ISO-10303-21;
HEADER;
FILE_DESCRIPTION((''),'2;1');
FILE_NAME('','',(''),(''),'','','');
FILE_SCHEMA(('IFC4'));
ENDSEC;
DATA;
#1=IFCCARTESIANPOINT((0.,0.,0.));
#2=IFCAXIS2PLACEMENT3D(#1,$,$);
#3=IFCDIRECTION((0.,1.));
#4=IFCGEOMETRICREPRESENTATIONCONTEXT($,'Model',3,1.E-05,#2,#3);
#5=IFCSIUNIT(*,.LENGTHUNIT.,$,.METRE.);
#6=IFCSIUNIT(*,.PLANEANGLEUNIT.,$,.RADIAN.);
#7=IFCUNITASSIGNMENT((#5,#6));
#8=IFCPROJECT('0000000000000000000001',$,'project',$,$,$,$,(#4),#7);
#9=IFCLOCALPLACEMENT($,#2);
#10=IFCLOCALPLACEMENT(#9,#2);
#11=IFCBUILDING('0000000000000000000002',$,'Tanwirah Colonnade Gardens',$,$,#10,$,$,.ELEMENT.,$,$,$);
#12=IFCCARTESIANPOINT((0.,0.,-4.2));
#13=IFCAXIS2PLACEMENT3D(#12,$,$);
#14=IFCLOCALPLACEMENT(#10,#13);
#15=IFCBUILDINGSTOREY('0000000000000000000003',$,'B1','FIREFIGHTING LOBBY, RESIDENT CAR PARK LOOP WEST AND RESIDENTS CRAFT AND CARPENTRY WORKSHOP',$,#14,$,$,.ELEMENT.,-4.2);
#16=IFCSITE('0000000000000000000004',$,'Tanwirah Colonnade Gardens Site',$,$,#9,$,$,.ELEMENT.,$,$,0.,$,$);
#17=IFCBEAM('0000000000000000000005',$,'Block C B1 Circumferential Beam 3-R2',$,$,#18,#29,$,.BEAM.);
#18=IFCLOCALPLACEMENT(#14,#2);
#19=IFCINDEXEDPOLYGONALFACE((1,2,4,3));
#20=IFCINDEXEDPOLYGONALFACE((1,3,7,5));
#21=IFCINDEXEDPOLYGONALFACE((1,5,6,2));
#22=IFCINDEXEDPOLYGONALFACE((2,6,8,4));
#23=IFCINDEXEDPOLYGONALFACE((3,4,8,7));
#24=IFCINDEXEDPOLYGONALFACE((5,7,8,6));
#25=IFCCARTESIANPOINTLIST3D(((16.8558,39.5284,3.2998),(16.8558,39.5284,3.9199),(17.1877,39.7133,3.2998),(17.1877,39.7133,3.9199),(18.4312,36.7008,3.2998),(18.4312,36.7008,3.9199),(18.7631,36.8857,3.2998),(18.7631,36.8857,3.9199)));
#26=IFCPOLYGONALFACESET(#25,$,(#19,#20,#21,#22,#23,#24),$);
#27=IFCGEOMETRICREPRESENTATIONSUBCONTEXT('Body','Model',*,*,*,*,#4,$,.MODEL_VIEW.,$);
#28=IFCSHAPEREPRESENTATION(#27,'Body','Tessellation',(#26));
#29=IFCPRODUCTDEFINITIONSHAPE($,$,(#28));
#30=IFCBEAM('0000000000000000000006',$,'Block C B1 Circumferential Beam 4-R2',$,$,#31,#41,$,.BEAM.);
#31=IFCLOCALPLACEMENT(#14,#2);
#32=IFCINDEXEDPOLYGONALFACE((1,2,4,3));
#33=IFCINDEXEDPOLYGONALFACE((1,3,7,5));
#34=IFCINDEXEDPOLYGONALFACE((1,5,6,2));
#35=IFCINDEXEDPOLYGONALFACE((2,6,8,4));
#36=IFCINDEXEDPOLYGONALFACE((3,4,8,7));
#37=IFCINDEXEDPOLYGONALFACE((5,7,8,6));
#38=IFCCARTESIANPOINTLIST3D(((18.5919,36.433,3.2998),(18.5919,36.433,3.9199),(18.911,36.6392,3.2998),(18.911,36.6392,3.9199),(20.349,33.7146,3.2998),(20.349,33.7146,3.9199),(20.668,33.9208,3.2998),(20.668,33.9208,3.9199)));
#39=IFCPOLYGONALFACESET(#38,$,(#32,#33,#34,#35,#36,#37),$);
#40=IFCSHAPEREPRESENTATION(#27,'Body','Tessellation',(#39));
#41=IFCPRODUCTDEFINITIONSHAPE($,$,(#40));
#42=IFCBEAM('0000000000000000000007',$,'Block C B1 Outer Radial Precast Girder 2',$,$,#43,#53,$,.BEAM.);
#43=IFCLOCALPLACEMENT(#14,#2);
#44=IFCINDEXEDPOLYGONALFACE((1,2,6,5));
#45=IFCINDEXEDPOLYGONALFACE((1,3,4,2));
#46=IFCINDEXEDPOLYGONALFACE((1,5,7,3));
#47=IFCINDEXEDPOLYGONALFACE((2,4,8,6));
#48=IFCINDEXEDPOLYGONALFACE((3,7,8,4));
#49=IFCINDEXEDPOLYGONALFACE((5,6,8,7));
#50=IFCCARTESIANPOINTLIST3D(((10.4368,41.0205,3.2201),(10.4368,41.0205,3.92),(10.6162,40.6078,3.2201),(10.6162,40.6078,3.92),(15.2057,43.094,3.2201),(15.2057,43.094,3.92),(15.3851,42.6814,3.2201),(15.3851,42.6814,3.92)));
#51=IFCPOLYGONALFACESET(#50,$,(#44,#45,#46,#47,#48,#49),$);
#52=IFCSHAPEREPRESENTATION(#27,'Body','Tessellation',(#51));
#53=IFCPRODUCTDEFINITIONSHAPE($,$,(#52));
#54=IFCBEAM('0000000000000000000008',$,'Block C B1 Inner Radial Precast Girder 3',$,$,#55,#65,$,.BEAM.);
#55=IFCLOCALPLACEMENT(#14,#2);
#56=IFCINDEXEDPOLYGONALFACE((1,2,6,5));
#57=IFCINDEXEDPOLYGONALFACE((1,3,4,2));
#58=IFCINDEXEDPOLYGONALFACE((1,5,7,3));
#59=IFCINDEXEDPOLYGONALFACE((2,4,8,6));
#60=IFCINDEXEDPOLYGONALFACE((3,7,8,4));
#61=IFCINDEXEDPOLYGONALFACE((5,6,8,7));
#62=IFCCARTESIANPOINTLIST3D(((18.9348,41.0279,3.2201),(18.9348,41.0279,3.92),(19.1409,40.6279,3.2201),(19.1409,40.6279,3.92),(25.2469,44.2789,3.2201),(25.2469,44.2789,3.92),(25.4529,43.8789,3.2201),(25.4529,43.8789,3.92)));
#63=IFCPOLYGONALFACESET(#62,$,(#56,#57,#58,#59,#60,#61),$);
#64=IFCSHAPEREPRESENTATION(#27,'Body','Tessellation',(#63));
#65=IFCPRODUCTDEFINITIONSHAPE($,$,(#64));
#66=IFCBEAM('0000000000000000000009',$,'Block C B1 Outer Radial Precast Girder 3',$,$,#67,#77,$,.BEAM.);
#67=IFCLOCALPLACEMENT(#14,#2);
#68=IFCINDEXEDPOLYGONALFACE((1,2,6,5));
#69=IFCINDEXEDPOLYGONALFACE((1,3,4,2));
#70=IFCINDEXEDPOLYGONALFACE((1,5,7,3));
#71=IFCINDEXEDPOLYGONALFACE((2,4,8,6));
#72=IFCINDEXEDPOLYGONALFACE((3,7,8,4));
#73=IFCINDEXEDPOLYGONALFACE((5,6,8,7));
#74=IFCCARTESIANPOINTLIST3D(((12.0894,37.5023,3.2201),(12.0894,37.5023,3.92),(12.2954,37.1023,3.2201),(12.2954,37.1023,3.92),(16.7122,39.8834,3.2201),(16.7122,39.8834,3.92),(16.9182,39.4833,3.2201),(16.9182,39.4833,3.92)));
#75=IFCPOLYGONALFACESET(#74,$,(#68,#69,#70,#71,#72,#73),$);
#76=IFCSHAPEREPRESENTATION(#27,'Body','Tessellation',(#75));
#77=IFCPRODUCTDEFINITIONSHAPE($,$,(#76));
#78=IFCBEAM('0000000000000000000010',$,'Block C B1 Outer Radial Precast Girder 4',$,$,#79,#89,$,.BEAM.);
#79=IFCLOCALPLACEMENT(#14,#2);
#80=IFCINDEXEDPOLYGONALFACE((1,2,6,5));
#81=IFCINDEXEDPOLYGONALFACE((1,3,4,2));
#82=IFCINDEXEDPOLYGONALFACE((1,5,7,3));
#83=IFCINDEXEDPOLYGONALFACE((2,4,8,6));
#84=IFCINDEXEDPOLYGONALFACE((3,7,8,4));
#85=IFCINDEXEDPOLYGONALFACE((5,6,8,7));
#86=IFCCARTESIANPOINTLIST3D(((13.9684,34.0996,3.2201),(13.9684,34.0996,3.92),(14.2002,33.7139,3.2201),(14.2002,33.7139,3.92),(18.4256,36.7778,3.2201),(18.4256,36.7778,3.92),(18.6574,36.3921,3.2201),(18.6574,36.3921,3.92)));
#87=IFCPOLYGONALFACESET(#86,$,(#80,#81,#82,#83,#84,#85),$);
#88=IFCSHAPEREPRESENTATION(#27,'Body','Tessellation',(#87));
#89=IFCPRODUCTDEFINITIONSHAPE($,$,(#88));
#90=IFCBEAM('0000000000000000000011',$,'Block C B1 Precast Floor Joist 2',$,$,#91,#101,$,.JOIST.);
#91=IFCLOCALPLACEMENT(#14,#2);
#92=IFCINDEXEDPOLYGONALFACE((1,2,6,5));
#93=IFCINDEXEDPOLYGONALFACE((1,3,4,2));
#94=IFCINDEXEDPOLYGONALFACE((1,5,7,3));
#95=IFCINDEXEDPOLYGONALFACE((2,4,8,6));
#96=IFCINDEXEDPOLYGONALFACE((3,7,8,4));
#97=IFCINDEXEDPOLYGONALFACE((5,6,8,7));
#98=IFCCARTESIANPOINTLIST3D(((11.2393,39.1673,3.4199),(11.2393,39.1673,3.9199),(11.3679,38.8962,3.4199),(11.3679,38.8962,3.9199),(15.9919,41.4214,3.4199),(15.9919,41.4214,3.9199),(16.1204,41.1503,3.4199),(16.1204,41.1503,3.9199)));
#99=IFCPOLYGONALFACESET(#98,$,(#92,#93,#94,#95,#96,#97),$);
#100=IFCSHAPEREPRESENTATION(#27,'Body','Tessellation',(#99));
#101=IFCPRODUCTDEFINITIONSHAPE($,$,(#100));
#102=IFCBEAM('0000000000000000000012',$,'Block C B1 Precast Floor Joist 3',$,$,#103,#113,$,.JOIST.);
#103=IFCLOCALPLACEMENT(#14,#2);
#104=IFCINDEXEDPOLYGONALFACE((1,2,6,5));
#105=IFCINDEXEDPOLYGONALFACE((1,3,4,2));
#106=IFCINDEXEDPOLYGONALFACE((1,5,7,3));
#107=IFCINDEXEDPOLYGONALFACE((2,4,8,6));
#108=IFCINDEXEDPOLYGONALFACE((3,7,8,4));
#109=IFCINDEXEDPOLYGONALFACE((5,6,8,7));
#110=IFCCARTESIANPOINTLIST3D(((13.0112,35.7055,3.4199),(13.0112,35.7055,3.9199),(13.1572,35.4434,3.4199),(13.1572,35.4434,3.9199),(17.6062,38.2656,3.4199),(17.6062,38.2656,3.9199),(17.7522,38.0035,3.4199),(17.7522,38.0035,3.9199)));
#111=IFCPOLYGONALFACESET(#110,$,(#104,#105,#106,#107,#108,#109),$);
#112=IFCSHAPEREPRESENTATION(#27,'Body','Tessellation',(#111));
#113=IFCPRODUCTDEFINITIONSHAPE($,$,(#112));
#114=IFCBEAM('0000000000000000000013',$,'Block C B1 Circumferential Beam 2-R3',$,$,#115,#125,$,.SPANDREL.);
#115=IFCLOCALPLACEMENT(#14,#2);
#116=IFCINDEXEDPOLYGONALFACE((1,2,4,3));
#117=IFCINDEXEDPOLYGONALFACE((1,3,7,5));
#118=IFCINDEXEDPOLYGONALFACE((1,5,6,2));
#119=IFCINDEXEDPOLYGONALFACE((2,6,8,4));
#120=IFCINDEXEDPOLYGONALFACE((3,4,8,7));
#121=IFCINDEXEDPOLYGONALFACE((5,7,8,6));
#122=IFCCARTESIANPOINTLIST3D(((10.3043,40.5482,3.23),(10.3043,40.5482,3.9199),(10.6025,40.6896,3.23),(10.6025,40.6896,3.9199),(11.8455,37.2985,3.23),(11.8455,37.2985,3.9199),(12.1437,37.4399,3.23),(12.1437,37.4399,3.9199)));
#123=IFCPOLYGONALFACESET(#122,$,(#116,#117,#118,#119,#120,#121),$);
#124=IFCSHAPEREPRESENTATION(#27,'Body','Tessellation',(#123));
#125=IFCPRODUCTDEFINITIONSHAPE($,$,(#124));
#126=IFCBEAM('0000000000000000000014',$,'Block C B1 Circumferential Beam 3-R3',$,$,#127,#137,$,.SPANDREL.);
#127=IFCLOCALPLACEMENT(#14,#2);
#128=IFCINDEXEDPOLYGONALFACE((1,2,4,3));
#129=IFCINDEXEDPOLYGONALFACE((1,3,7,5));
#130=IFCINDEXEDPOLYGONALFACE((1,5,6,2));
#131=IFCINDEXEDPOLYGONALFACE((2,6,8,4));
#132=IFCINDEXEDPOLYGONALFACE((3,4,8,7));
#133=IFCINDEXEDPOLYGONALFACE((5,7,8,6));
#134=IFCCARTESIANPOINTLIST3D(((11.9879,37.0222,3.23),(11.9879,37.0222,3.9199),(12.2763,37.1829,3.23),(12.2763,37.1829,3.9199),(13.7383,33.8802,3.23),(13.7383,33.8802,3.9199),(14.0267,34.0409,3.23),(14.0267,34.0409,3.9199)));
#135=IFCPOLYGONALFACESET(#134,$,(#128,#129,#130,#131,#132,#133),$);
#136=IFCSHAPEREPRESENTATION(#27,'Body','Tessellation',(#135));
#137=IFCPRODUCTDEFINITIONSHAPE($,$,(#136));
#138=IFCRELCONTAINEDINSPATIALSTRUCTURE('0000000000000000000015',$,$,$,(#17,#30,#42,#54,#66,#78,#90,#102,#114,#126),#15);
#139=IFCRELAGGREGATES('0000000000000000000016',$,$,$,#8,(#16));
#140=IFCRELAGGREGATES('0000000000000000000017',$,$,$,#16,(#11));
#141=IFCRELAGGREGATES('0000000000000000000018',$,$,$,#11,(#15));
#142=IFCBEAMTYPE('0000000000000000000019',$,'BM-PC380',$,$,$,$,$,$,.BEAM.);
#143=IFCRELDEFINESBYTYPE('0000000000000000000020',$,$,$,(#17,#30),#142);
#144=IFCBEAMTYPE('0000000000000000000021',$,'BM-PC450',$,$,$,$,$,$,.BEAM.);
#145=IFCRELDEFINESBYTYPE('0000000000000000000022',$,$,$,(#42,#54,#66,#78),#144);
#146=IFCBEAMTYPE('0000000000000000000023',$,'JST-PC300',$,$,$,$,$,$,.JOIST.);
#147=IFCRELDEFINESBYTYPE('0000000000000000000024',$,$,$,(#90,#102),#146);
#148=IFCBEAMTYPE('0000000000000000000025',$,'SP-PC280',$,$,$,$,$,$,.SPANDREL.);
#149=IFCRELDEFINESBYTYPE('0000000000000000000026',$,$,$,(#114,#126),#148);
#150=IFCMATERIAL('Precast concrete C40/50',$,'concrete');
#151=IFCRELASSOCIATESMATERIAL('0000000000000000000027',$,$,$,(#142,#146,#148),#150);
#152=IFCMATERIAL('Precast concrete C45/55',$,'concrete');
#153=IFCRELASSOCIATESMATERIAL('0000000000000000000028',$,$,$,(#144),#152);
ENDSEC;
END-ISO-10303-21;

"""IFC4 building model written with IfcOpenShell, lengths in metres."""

from ifc_helpers import new_model, si_unit, direction, frame, origin, origin_2d, place, context, subcontext, project, spatial, rectangle, extrude, material, material_profile, profile_set, type_object, element, save


model = new_model("IFC4")

# Units and contexts
model_context = context("Model", 3, precision=1e-05, world=origin(), true_north=direction((0.0, 1.0)))
body_context = subcontext(model_context, "Body", "Model", "MODEL_VIEW")
ifc_project = project(units=[si_unit("LENGTHUNIT", "METRE"), si_unit("PLANEANGLEUNIT", "RADIAN")], contexts=[model_context])

# Site, building, storey
site_placement = place(None, origin())
site = spatial("IfcSite", under=ifc_project, at=site_placement, Name="Tanwirah Colonnade Gardens Site", CompositionType="ELEMENT", RefElevation=0.0)
building_placement = place(site_placement, origin())
building = spatial("IfcBuilding", under=site, at=building_placement, Name="Tanwirah Colonnade Gardens", CompositionType="ELEMENT")
storey_placement = place(building_placement, frame((0.0, 0.0, -4.2)))
storey = spatial("IfcBuildingStorey", under=building, at=storey_placement, Name="B1", Description="FIREFIGHTING LOBBY, RESIDENT CAR PARK LOOP WEST AND RESIDENTS CRAFT AND CARPENTRY WORKSHOP", CompositionType="ELEMENT", Elevation=-4.2)

# Beams
ifc_material_1 = material(Name="Precast concrete C40/50", Category="concrete")
ifc_material_profile_1 = material_profile(ifc_material_1, rectangle(XDim=0.3799, YDim=0.6201, at=origin_2d()), Name="PC-BM 380x620")
ifc_profile_set_1 = profile_set([ifc_material_profile_1], Name="Precast concrete C40/50")
beam_type_1 = type_object("IfcBeamType", Name="BM-PC380", PredefinedType="BEAM", material=ifc_profile_set_1)
for number, where, z_axis, x_axis, name in (
    (1, (17.0217, 39.6208, 3.6099), (0.486712, -0.873562, 0.0), (0.873562, 0.486712, 0.0), "Block C B1 Circumferential Beam 3-R2"),
    (2, (18.7515, 36.5361, 3.6099), (0.542826, -0.839845, 0.0), (0.839845, 0.542826, 0.0), "Block C B1 Circumferential Beam 4-R2"),
):
    element("IfcBeam", number, at=place(storey_placement, frame(where, z_axis=z_axis, x_axis=x_axis)), inside=storey, type_object=beam_type_1, Name=name, PredefinedType="BEAM", context=body_context, shape_type="SweptSolid", body=[
        extrude(rectangle(XDim=0.3799, YDim=0.6201, at=origin_2d()), origin(), (0.0, 0.0, 1.0), 3.2368),
    ])
ifc_material_2 = material(Name="Precast concrete C45/55", Category="concrete")
ifc_material_profile_2 = material_profile(ifc_material_2, rectangle(XDim=0.45, YDim=0.7, at=origin_2d()), Name="PC-BM 450x700")
ifc_profile_set_2 = profile_set([ifc_material_profile_2], Name="Precast concrete C45/55")
beam_type_2 = type_object("IfcBeamType", Name="BM-PC450", PredefinedType="BEAM", material=ifc_profile_set_2)
beam_1_placement = place(storey_placement, frame((15.2954, 42.8877, 3.5701), z_axis=(-0.917063, -0.398742, 0.0), x_axis=(0.398742, -0.917063, 0.0)))
element("IfcBeam", 3, at=beam_1_placement, inside=storey, type_object=beam_type_2, Name="Block C B1 Outer Radial Precast Girder 2", PredefinedType="BEAM", context=body_context, shape_type="SweptSolid", body=[
    extrude(rectangle(XDim=0.45, YDim=0.7, at=origin_2d()), origin(), (0.0, 0.0, 1.0), 5.2002),
])
beam_2_placement = place(storey_placement, frame((19.0378, 40.8279, 3.5701), z_axis=(0.889013, 0.457882, 0.0), x_axis=(-0.457882, 0.889013, 0.0)))
element("IfcBeam", 4, at=beam_2_placement, inside=storey, type_object=beam_type_2, Name="Block C B1 Inner Radial Precast Girder 3", PredefinedType="BEAM", context=body_context, shape_type="SweptSolid", body=[
    extrude(rectangle(XDim=0.45, YDim=0.7, at=origin_2d()), origin(), (0.0, 0.0, 1.0), 7.1001),
])
for number, where, z_axis, x_axis, name in (
    (5, (16.8152, 39.6833, 3.5701), (-0.889001, -0.457905, 0.0), (0.457905, -0.889001, 0.0), "Block C B1 Outer Radial Precast Girder 3"),
    (6, (18.5415, 36.585, 3.5701), (-0.857165, -0.515041, 0.0), (0.515041, -0.857165, 0.0), "Block C B1 Outer Radial Precast Girder 4"),
):
    element("IfcBeam", number, at=place(storey_placement, frame(where, z_axis=z_axis, x_axis=x_axis)), inside=storey, type_object=beam_type_2, Name=name, PredefinedType="BEAM", context=body_context, shape_type="SweptSolid", body=[
        extrude(rectangle(XDim=0.45, YDim=0.7, at=origin_2d()), origin(), (0.0, 0.0, 1.0), 5.2),
    ])
ifc_material_profile_3 = material_profile(ifc_material_1, rectangle(XDim=0.3, YDim=0.5, at=origin_2d()), Name="PC-JST 300x500")
ifc_profile_set_3 = profile_set([ifc_material_profile_3], Name="Precast concrete C40/50")
beam_type_3 = type_object("IfcBeamType", Name="JST-PC300", PredefinedType="JOIST", material=ifc_profile_set_3)
for number, where, z_axis, x_axis, name in (
    (7, (16.0562, 41.2859, 3.6699), (-0.903518, -0.428551, 0.0), (0.428551, -0.903518, 0.0), "Block C B1 Precast Floor Joist 2"),
    (8, (17.6792, 38.1345, 3.6699), (-0.873568, -0.486703, 0.0), (0.486703, -0.873568, 0.0), "Block C B1 Precast Floor Joist 3"),
):
    element("IfcBeam", number, at=place(storey_placement, frame(where, z_axis=z_axis, x_axis=x_axis)), inside=storey, type_object=beam_type_3, Name=name, PredefinedType="JOIST", context=body_context, shape_type="SweptSolid", body=[
        extrude(rectangle(XDim=0.3, YDim=0.5, at=origin_2d()), origin(), (0.0, 0.0, 1.0), 5.26),
    ])
ifc_material_profile_4 = material_profile(ifc_material_1, rectangle(XDim=0.3301, YDim=0.6899, at=origin_2d()), Name="PC-SP 330x690")
ifc_profile_set_4 = profile_set([ifc_material_profile_4], Name="Precast concrete C40/50")
beam_type_4 = type_object("IfcBeamType", Name="SP-PC280", PredefinedType="SPANDREL", material=ifc_profile_set_4)
for number, where, z_axis, x_axis, name in (
    (9, (10.4534, 40.6189, 3.575), (0.428518, -0.903533, 0.0), (0.903533, 0.428518, 0.0), "Block C B1 Circumferential Beam 2-R3"),
    (10, (12.1321, 37.1025, 3.575), (0.48668, -0.87358, 0.0), (0.87358, 0.48668, 0.0), "Block C B1 Circumferential Beam 3-R3"),
):
    element("IfcBeam", number, at=place(storey_placement, frame(where, z_axis=z_axis, x_axis=x_axis)), inside=storey, type_object=beam_type_4, Name=name, PredefinedType="SPANDREL", context=body_context, shape_type="SweptSolid", body=[
        extrude(rectangle(XDim=0.3301, YDim=0.6899, at=origin_2d()), origin(), (0.0, 0.0, 1.0), 3.5967),
    ])

save(model, "model.ifc")
